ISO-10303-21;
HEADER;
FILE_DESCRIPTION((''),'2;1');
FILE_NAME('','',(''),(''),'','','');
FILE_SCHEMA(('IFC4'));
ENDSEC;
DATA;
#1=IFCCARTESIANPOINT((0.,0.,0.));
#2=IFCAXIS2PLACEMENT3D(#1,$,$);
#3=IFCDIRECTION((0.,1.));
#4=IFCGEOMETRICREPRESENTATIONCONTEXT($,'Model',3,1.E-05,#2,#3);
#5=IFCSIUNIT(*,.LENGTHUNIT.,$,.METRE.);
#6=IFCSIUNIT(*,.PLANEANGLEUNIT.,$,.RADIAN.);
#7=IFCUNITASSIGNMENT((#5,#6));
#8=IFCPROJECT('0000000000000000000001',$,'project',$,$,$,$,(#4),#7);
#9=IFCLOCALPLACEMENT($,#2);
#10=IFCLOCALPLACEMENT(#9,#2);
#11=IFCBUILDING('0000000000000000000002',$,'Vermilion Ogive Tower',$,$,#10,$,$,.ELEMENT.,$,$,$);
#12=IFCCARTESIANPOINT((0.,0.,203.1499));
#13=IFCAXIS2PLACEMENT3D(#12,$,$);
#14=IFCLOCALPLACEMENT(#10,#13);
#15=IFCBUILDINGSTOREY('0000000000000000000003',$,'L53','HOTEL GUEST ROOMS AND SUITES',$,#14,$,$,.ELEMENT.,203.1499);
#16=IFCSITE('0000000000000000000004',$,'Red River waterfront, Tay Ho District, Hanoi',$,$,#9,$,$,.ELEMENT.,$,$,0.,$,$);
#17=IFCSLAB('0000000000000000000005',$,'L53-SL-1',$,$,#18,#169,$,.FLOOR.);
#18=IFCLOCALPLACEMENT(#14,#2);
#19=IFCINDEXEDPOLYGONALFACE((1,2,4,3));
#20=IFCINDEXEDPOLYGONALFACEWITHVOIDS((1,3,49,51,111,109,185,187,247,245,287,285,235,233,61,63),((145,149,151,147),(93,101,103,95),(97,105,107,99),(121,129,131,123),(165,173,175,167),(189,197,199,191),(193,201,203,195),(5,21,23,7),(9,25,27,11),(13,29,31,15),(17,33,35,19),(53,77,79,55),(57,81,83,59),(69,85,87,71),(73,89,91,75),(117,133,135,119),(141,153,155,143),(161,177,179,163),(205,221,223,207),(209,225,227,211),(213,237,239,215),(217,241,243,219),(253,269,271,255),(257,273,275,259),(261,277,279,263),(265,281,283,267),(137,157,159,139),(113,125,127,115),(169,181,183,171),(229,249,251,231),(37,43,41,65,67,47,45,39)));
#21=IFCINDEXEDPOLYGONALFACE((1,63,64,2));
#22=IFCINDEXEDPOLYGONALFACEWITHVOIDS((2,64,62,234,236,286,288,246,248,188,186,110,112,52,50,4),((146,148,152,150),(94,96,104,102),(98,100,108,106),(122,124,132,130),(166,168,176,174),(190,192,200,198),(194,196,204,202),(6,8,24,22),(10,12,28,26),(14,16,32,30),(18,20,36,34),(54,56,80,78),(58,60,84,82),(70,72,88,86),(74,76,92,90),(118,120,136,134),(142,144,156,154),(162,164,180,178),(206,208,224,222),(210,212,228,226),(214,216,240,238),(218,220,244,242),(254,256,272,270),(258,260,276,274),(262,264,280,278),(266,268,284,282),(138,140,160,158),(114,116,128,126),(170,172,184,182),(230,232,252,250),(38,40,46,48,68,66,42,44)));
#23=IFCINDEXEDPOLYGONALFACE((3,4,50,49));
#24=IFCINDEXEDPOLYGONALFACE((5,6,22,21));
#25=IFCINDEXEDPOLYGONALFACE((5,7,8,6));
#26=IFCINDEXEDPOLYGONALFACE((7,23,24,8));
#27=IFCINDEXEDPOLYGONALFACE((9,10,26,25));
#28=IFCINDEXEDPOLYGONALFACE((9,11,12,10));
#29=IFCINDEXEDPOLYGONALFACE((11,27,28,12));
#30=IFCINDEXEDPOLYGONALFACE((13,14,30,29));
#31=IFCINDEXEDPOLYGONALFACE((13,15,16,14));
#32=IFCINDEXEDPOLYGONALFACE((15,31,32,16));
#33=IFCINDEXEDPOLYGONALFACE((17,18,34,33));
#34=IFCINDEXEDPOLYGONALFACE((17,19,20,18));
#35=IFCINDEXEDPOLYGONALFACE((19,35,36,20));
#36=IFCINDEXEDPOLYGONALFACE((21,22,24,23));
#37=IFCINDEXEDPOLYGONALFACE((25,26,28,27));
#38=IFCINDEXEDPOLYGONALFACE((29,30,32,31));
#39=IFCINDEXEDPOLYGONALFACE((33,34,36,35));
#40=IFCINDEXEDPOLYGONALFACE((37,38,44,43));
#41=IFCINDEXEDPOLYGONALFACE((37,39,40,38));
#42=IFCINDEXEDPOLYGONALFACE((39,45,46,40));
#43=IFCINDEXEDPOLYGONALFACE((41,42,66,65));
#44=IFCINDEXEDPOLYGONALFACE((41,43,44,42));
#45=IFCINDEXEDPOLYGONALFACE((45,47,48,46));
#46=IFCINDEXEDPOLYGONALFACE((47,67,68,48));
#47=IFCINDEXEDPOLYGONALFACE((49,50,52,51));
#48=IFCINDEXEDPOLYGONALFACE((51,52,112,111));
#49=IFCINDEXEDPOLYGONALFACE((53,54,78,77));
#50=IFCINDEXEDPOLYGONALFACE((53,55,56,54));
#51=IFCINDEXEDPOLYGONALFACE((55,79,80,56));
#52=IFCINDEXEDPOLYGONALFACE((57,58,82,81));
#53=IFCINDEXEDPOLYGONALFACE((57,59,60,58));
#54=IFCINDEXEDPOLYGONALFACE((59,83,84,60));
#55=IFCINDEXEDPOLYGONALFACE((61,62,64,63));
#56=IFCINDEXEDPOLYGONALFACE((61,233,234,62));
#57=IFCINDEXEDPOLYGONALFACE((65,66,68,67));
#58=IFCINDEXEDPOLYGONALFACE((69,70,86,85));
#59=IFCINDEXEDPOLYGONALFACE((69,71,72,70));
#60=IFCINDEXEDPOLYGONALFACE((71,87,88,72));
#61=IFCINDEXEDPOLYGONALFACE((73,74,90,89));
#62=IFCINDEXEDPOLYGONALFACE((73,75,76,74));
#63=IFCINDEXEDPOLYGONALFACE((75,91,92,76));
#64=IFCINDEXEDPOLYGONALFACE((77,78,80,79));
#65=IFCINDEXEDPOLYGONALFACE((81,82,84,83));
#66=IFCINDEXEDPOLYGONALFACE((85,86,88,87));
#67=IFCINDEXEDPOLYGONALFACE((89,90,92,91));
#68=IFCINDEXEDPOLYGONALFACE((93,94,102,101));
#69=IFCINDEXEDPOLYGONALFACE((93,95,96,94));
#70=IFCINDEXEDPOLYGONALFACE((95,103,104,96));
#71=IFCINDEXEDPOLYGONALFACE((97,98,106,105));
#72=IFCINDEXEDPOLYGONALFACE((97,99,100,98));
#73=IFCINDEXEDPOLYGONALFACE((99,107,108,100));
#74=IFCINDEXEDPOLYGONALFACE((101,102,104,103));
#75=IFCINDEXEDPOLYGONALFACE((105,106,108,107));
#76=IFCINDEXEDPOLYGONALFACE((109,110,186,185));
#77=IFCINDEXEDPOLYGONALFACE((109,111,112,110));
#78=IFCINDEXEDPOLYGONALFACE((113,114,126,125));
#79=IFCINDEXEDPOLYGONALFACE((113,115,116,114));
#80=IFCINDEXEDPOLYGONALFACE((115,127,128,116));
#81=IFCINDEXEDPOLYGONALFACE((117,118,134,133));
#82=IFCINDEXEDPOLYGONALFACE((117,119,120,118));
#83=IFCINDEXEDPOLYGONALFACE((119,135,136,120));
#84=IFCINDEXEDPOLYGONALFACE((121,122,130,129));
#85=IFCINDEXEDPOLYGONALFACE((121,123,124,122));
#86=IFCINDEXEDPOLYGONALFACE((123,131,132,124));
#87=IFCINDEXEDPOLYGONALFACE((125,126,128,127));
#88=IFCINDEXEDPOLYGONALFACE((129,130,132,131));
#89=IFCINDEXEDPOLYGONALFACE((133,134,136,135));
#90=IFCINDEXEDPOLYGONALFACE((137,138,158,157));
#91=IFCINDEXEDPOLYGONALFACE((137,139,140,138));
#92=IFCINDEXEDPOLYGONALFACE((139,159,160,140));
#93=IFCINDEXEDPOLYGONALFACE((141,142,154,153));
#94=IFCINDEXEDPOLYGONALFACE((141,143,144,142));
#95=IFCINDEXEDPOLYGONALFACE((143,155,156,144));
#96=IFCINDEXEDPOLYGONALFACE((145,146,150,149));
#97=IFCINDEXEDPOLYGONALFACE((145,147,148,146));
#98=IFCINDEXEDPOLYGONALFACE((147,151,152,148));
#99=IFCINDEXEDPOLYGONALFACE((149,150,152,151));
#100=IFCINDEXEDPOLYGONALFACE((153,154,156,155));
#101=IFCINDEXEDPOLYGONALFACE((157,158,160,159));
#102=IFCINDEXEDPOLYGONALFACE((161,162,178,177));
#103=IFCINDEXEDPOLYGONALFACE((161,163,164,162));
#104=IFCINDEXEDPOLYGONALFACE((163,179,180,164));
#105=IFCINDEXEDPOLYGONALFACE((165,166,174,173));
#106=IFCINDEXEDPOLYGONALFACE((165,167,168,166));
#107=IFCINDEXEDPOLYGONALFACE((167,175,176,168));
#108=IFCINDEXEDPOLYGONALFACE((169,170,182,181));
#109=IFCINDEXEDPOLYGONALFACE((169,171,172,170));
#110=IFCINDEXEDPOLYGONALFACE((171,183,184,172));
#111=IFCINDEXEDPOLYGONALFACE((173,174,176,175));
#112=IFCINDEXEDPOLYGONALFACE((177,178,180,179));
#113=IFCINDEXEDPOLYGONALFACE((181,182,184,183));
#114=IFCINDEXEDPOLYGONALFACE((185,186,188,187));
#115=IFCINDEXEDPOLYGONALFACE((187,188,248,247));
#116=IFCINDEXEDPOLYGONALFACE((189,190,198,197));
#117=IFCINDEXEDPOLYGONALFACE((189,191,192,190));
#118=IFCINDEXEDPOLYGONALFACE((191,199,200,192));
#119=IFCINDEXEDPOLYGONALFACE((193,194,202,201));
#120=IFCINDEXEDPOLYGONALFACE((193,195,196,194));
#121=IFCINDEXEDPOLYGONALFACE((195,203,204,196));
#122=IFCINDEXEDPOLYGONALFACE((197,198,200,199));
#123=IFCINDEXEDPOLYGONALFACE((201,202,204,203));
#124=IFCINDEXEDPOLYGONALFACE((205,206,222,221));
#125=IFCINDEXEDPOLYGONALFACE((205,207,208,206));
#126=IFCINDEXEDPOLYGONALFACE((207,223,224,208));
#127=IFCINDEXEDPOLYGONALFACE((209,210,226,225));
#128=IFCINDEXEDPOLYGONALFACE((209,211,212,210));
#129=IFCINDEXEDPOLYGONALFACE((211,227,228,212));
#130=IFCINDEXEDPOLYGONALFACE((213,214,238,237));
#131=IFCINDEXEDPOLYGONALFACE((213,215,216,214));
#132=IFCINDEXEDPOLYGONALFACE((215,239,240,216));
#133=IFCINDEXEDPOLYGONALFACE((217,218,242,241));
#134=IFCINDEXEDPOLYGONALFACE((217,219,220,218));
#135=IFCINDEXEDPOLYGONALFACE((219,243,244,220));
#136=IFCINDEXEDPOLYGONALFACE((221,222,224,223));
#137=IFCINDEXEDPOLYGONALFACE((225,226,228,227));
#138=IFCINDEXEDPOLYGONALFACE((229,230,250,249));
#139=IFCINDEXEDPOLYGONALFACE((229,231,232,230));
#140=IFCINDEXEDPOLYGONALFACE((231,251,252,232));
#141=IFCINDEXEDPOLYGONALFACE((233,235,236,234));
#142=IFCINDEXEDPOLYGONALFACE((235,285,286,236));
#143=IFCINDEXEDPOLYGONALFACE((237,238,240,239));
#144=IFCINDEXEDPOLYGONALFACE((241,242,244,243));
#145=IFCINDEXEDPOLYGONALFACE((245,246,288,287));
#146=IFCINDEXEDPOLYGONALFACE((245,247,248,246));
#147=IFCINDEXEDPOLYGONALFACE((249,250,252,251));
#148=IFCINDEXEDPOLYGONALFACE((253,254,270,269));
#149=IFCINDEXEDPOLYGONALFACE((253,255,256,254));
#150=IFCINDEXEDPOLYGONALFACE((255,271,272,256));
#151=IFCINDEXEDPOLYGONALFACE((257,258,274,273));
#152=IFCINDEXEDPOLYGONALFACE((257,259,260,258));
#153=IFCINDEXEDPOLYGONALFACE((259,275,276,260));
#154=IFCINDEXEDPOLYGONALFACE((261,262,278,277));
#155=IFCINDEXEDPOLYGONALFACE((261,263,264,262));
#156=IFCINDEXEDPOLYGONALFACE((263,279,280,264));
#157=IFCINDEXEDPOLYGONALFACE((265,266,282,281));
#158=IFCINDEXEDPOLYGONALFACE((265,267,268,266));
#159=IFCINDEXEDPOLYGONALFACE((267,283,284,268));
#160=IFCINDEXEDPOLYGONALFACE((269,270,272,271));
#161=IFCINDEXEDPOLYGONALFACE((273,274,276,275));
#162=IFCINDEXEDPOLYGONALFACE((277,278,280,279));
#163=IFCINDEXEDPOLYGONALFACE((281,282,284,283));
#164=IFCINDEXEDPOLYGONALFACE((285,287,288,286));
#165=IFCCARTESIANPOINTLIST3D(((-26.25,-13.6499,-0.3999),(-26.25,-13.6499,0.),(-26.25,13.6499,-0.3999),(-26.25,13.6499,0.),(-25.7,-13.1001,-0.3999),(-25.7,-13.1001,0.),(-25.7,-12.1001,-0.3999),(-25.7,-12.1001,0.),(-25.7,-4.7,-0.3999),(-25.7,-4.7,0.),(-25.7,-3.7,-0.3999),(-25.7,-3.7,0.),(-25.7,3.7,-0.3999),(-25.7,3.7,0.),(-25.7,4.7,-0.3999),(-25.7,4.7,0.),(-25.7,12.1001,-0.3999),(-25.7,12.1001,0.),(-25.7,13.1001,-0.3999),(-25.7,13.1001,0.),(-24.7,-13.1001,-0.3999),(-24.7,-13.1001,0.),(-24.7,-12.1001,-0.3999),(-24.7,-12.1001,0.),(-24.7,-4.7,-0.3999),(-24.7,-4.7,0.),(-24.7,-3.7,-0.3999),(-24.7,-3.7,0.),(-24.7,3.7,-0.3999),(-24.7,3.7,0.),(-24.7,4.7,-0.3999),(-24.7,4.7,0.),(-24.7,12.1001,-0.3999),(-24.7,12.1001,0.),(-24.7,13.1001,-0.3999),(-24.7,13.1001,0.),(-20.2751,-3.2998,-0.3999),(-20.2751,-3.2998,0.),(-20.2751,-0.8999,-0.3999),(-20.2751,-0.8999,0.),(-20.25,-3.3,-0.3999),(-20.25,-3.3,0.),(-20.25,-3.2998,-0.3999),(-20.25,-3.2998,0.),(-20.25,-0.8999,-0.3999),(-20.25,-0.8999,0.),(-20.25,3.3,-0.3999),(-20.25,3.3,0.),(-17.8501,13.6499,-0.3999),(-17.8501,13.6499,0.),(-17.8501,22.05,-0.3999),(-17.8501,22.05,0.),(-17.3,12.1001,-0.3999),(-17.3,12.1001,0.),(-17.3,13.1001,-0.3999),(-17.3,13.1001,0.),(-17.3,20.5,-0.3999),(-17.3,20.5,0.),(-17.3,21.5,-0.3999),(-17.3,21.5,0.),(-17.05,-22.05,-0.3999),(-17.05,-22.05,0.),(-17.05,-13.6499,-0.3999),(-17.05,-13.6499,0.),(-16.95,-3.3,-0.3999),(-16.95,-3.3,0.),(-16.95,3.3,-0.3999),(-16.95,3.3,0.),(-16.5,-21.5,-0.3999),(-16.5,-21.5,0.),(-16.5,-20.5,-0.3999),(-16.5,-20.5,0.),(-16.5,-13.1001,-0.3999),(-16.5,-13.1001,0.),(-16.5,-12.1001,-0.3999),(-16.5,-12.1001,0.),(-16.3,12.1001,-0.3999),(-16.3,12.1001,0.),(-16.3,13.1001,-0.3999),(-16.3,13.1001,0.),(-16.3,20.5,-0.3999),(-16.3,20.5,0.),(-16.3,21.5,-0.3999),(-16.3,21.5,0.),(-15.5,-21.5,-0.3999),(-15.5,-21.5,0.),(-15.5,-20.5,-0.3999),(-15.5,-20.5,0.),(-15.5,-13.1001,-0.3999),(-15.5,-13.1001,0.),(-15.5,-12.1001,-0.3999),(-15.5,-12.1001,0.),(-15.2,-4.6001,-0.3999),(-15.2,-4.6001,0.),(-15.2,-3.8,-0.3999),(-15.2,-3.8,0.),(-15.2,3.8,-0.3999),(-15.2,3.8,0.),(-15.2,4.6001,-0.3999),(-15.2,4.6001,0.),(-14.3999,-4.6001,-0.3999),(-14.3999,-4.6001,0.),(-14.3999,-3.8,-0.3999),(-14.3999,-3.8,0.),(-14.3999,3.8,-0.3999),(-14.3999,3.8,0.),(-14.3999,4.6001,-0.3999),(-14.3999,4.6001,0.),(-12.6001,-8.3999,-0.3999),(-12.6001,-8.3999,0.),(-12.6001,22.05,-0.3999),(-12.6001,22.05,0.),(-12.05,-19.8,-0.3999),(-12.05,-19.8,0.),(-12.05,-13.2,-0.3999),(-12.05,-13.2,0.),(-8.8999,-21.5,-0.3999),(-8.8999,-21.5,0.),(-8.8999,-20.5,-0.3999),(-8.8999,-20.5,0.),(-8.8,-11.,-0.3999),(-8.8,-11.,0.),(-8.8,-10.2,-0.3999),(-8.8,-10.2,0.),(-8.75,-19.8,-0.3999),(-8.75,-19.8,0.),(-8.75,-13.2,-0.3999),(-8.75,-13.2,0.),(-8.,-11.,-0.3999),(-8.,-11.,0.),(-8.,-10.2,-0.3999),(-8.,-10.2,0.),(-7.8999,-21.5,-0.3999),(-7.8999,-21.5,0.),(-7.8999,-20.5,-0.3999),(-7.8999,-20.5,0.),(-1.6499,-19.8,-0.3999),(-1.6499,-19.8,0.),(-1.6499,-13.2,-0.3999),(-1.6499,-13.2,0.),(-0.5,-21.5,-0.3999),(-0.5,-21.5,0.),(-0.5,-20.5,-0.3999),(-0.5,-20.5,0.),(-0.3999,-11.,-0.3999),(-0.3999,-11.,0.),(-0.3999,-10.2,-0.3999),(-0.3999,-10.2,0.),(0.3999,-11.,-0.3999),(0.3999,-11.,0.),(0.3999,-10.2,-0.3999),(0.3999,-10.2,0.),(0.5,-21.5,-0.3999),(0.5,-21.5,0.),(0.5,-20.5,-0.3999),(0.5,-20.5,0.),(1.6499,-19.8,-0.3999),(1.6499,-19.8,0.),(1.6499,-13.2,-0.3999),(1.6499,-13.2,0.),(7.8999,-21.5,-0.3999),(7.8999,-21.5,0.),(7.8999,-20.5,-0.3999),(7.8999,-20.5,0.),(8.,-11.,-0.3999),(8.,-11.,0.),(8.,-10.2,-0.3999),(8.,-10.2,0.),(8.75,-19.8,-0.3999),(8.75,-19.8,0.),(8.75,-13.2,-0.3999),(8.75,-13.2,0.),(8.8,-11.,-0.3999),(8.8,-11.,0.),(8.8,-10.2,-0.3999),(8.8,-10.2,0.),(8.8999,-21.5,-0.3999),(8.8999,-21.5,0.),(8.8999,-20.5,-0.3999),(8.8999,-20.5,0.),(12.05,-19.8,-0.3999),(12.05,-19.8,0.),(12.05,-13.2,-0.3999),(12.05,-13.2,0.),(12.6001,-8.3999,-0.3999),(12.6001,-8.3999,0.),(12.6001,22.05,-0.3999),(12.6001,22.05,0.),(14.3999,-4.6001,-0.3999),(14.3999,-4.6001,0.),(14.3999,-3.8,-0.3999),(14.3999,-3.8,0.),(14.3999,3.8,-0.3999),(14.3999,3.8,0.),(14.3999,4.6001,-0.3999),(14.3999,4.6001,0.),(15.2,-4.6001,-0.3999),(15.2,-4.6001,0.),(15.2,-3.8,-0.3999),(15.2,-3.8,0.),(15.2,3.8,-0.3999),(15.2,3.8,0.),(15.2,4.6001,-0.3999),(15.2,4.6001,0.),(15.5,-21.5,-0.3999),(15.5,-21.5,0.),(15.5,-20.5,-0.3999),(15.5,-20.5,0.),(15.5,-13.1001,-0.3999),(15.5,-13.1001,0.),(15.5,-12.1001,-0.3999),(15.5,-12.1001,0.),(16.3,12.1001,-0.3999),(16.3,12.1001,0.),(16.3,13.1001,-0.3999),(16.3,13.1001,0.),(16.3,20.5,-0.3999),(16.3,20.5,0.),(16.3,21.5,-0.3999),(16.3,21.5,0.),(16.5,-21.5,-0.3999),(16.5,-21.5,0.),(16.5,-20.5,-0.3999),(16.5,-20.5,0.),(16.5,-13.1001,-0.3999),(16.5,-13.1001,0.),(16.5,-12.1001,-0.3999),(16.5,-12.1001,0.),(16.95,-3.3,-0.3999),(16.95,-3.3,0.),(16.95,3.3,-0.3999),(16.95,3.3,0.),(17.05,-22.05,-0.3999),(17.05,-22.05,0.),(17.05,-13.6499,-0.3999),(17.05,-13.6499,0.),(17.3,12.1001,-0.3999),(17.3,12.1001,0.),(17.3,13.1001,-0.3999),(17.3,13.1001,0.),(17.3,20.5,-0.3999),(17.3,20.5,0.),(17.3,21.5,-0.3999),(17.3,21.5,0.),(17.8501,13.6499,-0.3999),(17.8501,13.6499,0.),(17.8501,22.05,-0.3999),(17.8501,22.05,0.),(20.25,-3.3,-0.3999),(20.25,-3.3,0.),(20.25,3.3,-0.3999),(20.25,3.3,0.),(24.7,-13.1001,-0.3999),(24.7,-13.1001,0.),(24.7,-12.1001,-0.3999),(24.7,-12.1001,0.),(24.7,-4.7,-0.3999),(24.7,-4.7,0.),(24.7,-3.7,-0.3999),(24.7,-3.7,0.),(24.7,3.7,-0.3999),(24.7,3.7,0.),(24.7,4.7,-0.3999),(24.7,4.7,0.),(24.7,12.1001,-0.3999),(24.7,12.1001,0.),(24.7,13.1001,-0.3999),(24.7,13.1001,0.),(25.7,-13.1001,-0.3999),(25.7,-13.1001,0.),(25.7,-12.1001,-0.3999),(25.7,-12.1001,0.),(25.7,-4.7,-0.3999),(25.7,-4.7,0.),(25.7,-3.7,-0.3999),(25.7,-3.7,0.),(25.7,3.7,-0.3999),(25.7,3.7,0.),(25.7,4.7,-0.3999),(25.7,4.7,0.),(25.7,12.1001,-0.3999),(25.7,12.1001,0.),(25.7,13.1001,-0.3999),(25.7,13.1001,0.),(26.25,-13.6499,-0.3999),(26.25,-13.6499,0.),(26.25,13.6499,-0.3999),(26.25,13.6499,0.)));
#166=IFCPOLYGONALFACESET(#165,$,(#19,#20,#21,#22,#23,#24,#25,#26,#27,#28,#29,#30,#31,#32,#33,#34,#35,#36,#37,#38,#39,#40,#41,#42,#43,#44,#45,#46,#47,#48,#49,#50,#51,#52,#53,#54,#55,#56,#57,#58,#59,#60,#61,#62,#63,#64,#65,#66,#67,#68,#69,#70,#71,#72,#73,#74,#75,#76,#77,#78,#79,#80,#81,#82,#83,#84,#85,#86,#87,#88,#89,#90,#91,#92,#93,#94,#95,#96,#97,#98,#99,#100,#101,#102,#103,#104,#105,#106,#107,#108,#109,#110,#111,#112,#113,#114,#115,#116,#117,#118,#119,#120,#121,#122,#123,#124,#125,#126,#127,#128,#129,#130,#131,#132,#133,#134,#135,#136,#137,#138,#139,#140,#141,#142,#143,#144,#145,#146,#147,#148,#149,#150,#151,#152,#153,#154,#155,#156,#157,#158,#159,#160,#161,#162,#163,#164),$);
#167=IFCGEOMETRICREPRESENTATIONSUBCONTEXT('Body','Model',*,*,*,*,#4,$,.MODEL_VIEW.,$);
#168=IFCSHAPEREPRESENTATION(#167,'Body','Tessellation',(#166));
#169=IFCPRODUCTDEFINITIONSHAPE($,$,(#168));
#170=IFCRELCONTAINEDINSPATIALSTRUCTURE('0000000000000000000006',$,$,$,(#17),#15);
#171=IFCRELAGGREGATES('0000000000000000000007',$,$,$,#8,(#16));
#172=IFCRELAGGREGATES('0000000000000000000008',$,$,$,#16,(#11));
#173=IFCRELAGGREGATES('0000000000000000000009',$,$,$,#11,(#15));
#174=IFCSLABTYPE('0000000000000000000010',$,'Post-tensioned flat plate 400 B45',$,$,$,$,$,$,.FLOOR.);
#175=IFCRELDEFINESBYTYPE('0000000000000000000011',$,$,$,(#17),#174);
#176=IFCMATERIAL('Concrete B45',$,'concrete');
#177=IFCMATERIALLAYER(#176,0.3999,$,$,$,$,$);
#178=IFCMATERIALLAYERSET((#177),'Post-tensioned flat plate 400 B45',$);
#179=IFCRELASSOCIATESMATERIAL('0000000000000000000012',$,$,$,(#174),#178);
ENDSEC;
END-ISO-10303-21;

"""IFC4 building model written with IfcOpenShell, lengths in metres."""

from ifc_helpers import new_model, si_unit, direction, frame, origin, place, context, subcontext, project, spatial, polyline, outline, extrude, material, layer, layer_set, type_object, element, save


model = new_model("IFC4")

# Units and contexts
model_context = context("Model", 3, precision=1e-05, world=origin(), true_north=direction((0.0, 1.0)))
body_context = subcontext(model_context, "Body", "Model", "MODEL_VIEW")
ifc_project = project(units=[si_unit("LENGTHUNIT", "METRE"), si_unit("PLANEANGLEUNIT", "RADIAN")], contexts=[model_context])

# Site, building, storey
site_placement = place(None, origin())
site = spatial("IfcSite", under=ifc_project, at=site_placement, Name="Red River waterfront, Tay Ho District, Hanoi", CompositionType="ELEMENT", RefElevation=0.0)
building_placement = place(site_placement, origin())
building = spatial("IfcBuilding", under=site, at=building_placement, Name="Vermilion Ogive Tower", CompositionType="ELEMENT")
storey_placement = place(building_placement, frame((0.0, 0.0, 203.1499)))
storey = spatial("IfcBuildingStorey", under=building, at=storey_placement, Name="L53", Description="HOTEL GUEST ROOMS AND SUITES", CompositionType="ELEMENT", Elevation=203.1499)

# Slab
ifc_material_1 = material(Name="Concrete B45", Category="concrete")
ifc_layer_1 = layer(ifc_material_1, 0.3999)
ifc_layer_set_1 = layer_set([ifc_layer_1], Name="Post-tensioned flat plate 400 B45")
slab_type = type_object("IfcSlabType", Name="Post-tensioned flat plate 400 B45", PredefinedType="FLOOR", material=ifc_layer_set_1)
slab_placement = place(storey_placement, frame((0.0, 0.0, -0.3999)))
element("IfcSlab", 1, at=slab_placement, inside=storey, type_object=slab_type, Name="L53-SL-1", PredefinedType="FLOOR", context=body_context, shape_type="SweptSolid", body=[
    extrude(outline(polyline([(-26.25, -13.6499), (-17.05, -13.6499), (-17.05, -22.05), (17.05, -22.05), (17.05, -13.6499), (26.25, -13.6499), (26.25, 13.6499), (17.8501, 13.6499), (17.8501, 22.05), (12.6001, 22.05), (12.6001, -8.3999), (-12.6001, -8.3999), (-12.6001, 22.05), (-17.8501, 22.05), (-17.8501, 13.6499), (-26.25, 13.6499), (-26.25, -13.6499)]), holes=[polyline([(25.7, -3.7), (25.7, -4.7), (24.7, -4.7), (24.7, -3.7), (25.7, -3.7)]), polyline([(25.7, -12.1001), (25.7, -13.1001), (24.7, -13.1001), (24.7, -12.1001), (25.7, -12.1001)]), polyline([(25.7, 12.1001), (24.7, 12.1001), (24.7, 13.1001), (25.7, 13.1001), (25.7, 12.1001)]), polyline([(25.7, 3.7), (24.7, 3.7), (24.7, 4.7), (25.7, 4.7), (25.7, 3.7)]), polyline([(20.25, 3.3), (20.25, -3.3), (16.95, -3.3), (16.95, 3.3), (20.25, 3.3)]), polyline([(17.3, 13.1001), (17.3, 12.1001), (16.3, 12.1001), (16.3, 13.1001), (17.3, 13.1001)]), polyline([(17.3, 20.5), (16.3, 20.5), (16.3, 21.5), (17.3, 21.5), (17.3, 20.5)]), polyline([(16.5, -12.1001), (16.5, -13.1001), (15.5, -13.1001), (15.5, -12.1001), (16.5, -12.1001)]), polyline([(16.5, -20.5), (16.5, -21.5), (15.5, -21.5), (15.5, -20.5), (16.5, -20.5)]), polyline([(15.2, 4.6001), (15.2, 3.8), (14.3999, 3.8), (14.3999, 4.6001), (15.2, 4.6001)]), polyline([(15.2, -4.6001), (14.3999, -4.6001), (14.3999, -3.8), (15.2, -3.8), (15.2, -4.6001)]), polyline([(12.05, -13.2), (12.05, -19.8), (8.75, -19.8), (8.75, -13.2), (12.05, -13.2)]), polyline([(8.8999, -20.5), (8.8999, -21.5), (7.8999, -21.5), (7.8999, -20.5), (8.8999, -20.5)]), polyline([(8.8, -11.0), (8.0, -11.0), (8.0, -10.2), (8.8, -10.2), (8.8, -11.0)]), polyline([(1.6499, -13.2), (1.6499, -19.8), (-1.6499, -19.8), (-1.6499, -13.2), (1.6499, -13.2)]), polyline([(0.5, -20.5), (0.5, -21.5), (-0.5, -21.5), (-0.5, -20.5), (0.5, -20.5)]), polyline([(0.3999, -10.2), (0.3999, -11.0), (-0.3999, -11.0), (-0.3999, -10.2), (0.3999, -10.2)]), polyline([(-7.8999, -20.5), (-7.8999, -21.5), (-8.8999, -21.5), (-8.8999, -20.5), (-7.8999, -20.5)]), polyline([(-8.0, -10.2), (-8.0, -11.0), (-8.8, -11.0), (-8.8, -10.2), (-8.0, -10.2)]), polyline([(-8.75, -13.2), (-8.75, -19.8), (-12.05, -19.8), (-12.05, -13.2), (-8.75, -13.2)]), polyline([(-14.3999, 4.6001), (-14.3999, 3.8), (-15.2, 3.8), (-15.2, 4.6001), (-14.3999, 4.6001)]), polyline([(-14.3999, -4.6001), (-15.2, -4.6001), (-15.2, -3.8), (-14.3999, -3.8), (-14.3999, -4.6001)]), polyline([(-15.5, -12.1001), (-15.5, -13.1001), (-16.5, -13.1001), (-16.5, -12.1001), (-15.5, -12.1001)]), polyline([(-15.5, -20.5), (-15.5, -21.5), (-16.5, -21.5), (-16.5, -20.5), (-15.5, -20.5)]), polyline([(-16.3, 13.1001), (-16.3, 12.1001), (-17.3, 12.1001), (-17.3, 13.1001), (-16.3, 13.1001)]), polyline([(-16.3, 20.5), (-17.3, 20.5), (-17.3, 21.5), (-16.3, 21.5), (-16.3, 20.5)]), polyline([(-16.95, 3.3), (-16.95, -3.3), (-20.25, -3.3), (-20.25, -3.2998), (-20.2751, -3.2998), (-20.2751, -0.8999), (-20.25, -0.8999), (-20.25, 3.3), (-16.95, 3.3)]), polyline([(-24.7, 3.7), (-25.7, 3.7), (-25.7, 4.7), (-24.7, 4.7), (-24.7, 3.7)]), polyline([(-24.7, 13.1001), (-24.7, 12.1001), (-25.7, 12.1001), (-25.7, 13.1001), (-24.7, 13.1001)]), polyline([(-24.7, -3.7), (-24.7, -4.7), (-25.7, -4.7), (-25.7, -3.7), (-24.7, -3.7)]), polyline([(-24.7, -12.1001), (-24.7, -13.1001), (-25.7, -13.1001), (-25.7, -12.1001), (-24.7, -12.1001)])]), origin(), (0.0, 0.0, 1.0), 0.3999),
])

save(model, "model.ifc")
